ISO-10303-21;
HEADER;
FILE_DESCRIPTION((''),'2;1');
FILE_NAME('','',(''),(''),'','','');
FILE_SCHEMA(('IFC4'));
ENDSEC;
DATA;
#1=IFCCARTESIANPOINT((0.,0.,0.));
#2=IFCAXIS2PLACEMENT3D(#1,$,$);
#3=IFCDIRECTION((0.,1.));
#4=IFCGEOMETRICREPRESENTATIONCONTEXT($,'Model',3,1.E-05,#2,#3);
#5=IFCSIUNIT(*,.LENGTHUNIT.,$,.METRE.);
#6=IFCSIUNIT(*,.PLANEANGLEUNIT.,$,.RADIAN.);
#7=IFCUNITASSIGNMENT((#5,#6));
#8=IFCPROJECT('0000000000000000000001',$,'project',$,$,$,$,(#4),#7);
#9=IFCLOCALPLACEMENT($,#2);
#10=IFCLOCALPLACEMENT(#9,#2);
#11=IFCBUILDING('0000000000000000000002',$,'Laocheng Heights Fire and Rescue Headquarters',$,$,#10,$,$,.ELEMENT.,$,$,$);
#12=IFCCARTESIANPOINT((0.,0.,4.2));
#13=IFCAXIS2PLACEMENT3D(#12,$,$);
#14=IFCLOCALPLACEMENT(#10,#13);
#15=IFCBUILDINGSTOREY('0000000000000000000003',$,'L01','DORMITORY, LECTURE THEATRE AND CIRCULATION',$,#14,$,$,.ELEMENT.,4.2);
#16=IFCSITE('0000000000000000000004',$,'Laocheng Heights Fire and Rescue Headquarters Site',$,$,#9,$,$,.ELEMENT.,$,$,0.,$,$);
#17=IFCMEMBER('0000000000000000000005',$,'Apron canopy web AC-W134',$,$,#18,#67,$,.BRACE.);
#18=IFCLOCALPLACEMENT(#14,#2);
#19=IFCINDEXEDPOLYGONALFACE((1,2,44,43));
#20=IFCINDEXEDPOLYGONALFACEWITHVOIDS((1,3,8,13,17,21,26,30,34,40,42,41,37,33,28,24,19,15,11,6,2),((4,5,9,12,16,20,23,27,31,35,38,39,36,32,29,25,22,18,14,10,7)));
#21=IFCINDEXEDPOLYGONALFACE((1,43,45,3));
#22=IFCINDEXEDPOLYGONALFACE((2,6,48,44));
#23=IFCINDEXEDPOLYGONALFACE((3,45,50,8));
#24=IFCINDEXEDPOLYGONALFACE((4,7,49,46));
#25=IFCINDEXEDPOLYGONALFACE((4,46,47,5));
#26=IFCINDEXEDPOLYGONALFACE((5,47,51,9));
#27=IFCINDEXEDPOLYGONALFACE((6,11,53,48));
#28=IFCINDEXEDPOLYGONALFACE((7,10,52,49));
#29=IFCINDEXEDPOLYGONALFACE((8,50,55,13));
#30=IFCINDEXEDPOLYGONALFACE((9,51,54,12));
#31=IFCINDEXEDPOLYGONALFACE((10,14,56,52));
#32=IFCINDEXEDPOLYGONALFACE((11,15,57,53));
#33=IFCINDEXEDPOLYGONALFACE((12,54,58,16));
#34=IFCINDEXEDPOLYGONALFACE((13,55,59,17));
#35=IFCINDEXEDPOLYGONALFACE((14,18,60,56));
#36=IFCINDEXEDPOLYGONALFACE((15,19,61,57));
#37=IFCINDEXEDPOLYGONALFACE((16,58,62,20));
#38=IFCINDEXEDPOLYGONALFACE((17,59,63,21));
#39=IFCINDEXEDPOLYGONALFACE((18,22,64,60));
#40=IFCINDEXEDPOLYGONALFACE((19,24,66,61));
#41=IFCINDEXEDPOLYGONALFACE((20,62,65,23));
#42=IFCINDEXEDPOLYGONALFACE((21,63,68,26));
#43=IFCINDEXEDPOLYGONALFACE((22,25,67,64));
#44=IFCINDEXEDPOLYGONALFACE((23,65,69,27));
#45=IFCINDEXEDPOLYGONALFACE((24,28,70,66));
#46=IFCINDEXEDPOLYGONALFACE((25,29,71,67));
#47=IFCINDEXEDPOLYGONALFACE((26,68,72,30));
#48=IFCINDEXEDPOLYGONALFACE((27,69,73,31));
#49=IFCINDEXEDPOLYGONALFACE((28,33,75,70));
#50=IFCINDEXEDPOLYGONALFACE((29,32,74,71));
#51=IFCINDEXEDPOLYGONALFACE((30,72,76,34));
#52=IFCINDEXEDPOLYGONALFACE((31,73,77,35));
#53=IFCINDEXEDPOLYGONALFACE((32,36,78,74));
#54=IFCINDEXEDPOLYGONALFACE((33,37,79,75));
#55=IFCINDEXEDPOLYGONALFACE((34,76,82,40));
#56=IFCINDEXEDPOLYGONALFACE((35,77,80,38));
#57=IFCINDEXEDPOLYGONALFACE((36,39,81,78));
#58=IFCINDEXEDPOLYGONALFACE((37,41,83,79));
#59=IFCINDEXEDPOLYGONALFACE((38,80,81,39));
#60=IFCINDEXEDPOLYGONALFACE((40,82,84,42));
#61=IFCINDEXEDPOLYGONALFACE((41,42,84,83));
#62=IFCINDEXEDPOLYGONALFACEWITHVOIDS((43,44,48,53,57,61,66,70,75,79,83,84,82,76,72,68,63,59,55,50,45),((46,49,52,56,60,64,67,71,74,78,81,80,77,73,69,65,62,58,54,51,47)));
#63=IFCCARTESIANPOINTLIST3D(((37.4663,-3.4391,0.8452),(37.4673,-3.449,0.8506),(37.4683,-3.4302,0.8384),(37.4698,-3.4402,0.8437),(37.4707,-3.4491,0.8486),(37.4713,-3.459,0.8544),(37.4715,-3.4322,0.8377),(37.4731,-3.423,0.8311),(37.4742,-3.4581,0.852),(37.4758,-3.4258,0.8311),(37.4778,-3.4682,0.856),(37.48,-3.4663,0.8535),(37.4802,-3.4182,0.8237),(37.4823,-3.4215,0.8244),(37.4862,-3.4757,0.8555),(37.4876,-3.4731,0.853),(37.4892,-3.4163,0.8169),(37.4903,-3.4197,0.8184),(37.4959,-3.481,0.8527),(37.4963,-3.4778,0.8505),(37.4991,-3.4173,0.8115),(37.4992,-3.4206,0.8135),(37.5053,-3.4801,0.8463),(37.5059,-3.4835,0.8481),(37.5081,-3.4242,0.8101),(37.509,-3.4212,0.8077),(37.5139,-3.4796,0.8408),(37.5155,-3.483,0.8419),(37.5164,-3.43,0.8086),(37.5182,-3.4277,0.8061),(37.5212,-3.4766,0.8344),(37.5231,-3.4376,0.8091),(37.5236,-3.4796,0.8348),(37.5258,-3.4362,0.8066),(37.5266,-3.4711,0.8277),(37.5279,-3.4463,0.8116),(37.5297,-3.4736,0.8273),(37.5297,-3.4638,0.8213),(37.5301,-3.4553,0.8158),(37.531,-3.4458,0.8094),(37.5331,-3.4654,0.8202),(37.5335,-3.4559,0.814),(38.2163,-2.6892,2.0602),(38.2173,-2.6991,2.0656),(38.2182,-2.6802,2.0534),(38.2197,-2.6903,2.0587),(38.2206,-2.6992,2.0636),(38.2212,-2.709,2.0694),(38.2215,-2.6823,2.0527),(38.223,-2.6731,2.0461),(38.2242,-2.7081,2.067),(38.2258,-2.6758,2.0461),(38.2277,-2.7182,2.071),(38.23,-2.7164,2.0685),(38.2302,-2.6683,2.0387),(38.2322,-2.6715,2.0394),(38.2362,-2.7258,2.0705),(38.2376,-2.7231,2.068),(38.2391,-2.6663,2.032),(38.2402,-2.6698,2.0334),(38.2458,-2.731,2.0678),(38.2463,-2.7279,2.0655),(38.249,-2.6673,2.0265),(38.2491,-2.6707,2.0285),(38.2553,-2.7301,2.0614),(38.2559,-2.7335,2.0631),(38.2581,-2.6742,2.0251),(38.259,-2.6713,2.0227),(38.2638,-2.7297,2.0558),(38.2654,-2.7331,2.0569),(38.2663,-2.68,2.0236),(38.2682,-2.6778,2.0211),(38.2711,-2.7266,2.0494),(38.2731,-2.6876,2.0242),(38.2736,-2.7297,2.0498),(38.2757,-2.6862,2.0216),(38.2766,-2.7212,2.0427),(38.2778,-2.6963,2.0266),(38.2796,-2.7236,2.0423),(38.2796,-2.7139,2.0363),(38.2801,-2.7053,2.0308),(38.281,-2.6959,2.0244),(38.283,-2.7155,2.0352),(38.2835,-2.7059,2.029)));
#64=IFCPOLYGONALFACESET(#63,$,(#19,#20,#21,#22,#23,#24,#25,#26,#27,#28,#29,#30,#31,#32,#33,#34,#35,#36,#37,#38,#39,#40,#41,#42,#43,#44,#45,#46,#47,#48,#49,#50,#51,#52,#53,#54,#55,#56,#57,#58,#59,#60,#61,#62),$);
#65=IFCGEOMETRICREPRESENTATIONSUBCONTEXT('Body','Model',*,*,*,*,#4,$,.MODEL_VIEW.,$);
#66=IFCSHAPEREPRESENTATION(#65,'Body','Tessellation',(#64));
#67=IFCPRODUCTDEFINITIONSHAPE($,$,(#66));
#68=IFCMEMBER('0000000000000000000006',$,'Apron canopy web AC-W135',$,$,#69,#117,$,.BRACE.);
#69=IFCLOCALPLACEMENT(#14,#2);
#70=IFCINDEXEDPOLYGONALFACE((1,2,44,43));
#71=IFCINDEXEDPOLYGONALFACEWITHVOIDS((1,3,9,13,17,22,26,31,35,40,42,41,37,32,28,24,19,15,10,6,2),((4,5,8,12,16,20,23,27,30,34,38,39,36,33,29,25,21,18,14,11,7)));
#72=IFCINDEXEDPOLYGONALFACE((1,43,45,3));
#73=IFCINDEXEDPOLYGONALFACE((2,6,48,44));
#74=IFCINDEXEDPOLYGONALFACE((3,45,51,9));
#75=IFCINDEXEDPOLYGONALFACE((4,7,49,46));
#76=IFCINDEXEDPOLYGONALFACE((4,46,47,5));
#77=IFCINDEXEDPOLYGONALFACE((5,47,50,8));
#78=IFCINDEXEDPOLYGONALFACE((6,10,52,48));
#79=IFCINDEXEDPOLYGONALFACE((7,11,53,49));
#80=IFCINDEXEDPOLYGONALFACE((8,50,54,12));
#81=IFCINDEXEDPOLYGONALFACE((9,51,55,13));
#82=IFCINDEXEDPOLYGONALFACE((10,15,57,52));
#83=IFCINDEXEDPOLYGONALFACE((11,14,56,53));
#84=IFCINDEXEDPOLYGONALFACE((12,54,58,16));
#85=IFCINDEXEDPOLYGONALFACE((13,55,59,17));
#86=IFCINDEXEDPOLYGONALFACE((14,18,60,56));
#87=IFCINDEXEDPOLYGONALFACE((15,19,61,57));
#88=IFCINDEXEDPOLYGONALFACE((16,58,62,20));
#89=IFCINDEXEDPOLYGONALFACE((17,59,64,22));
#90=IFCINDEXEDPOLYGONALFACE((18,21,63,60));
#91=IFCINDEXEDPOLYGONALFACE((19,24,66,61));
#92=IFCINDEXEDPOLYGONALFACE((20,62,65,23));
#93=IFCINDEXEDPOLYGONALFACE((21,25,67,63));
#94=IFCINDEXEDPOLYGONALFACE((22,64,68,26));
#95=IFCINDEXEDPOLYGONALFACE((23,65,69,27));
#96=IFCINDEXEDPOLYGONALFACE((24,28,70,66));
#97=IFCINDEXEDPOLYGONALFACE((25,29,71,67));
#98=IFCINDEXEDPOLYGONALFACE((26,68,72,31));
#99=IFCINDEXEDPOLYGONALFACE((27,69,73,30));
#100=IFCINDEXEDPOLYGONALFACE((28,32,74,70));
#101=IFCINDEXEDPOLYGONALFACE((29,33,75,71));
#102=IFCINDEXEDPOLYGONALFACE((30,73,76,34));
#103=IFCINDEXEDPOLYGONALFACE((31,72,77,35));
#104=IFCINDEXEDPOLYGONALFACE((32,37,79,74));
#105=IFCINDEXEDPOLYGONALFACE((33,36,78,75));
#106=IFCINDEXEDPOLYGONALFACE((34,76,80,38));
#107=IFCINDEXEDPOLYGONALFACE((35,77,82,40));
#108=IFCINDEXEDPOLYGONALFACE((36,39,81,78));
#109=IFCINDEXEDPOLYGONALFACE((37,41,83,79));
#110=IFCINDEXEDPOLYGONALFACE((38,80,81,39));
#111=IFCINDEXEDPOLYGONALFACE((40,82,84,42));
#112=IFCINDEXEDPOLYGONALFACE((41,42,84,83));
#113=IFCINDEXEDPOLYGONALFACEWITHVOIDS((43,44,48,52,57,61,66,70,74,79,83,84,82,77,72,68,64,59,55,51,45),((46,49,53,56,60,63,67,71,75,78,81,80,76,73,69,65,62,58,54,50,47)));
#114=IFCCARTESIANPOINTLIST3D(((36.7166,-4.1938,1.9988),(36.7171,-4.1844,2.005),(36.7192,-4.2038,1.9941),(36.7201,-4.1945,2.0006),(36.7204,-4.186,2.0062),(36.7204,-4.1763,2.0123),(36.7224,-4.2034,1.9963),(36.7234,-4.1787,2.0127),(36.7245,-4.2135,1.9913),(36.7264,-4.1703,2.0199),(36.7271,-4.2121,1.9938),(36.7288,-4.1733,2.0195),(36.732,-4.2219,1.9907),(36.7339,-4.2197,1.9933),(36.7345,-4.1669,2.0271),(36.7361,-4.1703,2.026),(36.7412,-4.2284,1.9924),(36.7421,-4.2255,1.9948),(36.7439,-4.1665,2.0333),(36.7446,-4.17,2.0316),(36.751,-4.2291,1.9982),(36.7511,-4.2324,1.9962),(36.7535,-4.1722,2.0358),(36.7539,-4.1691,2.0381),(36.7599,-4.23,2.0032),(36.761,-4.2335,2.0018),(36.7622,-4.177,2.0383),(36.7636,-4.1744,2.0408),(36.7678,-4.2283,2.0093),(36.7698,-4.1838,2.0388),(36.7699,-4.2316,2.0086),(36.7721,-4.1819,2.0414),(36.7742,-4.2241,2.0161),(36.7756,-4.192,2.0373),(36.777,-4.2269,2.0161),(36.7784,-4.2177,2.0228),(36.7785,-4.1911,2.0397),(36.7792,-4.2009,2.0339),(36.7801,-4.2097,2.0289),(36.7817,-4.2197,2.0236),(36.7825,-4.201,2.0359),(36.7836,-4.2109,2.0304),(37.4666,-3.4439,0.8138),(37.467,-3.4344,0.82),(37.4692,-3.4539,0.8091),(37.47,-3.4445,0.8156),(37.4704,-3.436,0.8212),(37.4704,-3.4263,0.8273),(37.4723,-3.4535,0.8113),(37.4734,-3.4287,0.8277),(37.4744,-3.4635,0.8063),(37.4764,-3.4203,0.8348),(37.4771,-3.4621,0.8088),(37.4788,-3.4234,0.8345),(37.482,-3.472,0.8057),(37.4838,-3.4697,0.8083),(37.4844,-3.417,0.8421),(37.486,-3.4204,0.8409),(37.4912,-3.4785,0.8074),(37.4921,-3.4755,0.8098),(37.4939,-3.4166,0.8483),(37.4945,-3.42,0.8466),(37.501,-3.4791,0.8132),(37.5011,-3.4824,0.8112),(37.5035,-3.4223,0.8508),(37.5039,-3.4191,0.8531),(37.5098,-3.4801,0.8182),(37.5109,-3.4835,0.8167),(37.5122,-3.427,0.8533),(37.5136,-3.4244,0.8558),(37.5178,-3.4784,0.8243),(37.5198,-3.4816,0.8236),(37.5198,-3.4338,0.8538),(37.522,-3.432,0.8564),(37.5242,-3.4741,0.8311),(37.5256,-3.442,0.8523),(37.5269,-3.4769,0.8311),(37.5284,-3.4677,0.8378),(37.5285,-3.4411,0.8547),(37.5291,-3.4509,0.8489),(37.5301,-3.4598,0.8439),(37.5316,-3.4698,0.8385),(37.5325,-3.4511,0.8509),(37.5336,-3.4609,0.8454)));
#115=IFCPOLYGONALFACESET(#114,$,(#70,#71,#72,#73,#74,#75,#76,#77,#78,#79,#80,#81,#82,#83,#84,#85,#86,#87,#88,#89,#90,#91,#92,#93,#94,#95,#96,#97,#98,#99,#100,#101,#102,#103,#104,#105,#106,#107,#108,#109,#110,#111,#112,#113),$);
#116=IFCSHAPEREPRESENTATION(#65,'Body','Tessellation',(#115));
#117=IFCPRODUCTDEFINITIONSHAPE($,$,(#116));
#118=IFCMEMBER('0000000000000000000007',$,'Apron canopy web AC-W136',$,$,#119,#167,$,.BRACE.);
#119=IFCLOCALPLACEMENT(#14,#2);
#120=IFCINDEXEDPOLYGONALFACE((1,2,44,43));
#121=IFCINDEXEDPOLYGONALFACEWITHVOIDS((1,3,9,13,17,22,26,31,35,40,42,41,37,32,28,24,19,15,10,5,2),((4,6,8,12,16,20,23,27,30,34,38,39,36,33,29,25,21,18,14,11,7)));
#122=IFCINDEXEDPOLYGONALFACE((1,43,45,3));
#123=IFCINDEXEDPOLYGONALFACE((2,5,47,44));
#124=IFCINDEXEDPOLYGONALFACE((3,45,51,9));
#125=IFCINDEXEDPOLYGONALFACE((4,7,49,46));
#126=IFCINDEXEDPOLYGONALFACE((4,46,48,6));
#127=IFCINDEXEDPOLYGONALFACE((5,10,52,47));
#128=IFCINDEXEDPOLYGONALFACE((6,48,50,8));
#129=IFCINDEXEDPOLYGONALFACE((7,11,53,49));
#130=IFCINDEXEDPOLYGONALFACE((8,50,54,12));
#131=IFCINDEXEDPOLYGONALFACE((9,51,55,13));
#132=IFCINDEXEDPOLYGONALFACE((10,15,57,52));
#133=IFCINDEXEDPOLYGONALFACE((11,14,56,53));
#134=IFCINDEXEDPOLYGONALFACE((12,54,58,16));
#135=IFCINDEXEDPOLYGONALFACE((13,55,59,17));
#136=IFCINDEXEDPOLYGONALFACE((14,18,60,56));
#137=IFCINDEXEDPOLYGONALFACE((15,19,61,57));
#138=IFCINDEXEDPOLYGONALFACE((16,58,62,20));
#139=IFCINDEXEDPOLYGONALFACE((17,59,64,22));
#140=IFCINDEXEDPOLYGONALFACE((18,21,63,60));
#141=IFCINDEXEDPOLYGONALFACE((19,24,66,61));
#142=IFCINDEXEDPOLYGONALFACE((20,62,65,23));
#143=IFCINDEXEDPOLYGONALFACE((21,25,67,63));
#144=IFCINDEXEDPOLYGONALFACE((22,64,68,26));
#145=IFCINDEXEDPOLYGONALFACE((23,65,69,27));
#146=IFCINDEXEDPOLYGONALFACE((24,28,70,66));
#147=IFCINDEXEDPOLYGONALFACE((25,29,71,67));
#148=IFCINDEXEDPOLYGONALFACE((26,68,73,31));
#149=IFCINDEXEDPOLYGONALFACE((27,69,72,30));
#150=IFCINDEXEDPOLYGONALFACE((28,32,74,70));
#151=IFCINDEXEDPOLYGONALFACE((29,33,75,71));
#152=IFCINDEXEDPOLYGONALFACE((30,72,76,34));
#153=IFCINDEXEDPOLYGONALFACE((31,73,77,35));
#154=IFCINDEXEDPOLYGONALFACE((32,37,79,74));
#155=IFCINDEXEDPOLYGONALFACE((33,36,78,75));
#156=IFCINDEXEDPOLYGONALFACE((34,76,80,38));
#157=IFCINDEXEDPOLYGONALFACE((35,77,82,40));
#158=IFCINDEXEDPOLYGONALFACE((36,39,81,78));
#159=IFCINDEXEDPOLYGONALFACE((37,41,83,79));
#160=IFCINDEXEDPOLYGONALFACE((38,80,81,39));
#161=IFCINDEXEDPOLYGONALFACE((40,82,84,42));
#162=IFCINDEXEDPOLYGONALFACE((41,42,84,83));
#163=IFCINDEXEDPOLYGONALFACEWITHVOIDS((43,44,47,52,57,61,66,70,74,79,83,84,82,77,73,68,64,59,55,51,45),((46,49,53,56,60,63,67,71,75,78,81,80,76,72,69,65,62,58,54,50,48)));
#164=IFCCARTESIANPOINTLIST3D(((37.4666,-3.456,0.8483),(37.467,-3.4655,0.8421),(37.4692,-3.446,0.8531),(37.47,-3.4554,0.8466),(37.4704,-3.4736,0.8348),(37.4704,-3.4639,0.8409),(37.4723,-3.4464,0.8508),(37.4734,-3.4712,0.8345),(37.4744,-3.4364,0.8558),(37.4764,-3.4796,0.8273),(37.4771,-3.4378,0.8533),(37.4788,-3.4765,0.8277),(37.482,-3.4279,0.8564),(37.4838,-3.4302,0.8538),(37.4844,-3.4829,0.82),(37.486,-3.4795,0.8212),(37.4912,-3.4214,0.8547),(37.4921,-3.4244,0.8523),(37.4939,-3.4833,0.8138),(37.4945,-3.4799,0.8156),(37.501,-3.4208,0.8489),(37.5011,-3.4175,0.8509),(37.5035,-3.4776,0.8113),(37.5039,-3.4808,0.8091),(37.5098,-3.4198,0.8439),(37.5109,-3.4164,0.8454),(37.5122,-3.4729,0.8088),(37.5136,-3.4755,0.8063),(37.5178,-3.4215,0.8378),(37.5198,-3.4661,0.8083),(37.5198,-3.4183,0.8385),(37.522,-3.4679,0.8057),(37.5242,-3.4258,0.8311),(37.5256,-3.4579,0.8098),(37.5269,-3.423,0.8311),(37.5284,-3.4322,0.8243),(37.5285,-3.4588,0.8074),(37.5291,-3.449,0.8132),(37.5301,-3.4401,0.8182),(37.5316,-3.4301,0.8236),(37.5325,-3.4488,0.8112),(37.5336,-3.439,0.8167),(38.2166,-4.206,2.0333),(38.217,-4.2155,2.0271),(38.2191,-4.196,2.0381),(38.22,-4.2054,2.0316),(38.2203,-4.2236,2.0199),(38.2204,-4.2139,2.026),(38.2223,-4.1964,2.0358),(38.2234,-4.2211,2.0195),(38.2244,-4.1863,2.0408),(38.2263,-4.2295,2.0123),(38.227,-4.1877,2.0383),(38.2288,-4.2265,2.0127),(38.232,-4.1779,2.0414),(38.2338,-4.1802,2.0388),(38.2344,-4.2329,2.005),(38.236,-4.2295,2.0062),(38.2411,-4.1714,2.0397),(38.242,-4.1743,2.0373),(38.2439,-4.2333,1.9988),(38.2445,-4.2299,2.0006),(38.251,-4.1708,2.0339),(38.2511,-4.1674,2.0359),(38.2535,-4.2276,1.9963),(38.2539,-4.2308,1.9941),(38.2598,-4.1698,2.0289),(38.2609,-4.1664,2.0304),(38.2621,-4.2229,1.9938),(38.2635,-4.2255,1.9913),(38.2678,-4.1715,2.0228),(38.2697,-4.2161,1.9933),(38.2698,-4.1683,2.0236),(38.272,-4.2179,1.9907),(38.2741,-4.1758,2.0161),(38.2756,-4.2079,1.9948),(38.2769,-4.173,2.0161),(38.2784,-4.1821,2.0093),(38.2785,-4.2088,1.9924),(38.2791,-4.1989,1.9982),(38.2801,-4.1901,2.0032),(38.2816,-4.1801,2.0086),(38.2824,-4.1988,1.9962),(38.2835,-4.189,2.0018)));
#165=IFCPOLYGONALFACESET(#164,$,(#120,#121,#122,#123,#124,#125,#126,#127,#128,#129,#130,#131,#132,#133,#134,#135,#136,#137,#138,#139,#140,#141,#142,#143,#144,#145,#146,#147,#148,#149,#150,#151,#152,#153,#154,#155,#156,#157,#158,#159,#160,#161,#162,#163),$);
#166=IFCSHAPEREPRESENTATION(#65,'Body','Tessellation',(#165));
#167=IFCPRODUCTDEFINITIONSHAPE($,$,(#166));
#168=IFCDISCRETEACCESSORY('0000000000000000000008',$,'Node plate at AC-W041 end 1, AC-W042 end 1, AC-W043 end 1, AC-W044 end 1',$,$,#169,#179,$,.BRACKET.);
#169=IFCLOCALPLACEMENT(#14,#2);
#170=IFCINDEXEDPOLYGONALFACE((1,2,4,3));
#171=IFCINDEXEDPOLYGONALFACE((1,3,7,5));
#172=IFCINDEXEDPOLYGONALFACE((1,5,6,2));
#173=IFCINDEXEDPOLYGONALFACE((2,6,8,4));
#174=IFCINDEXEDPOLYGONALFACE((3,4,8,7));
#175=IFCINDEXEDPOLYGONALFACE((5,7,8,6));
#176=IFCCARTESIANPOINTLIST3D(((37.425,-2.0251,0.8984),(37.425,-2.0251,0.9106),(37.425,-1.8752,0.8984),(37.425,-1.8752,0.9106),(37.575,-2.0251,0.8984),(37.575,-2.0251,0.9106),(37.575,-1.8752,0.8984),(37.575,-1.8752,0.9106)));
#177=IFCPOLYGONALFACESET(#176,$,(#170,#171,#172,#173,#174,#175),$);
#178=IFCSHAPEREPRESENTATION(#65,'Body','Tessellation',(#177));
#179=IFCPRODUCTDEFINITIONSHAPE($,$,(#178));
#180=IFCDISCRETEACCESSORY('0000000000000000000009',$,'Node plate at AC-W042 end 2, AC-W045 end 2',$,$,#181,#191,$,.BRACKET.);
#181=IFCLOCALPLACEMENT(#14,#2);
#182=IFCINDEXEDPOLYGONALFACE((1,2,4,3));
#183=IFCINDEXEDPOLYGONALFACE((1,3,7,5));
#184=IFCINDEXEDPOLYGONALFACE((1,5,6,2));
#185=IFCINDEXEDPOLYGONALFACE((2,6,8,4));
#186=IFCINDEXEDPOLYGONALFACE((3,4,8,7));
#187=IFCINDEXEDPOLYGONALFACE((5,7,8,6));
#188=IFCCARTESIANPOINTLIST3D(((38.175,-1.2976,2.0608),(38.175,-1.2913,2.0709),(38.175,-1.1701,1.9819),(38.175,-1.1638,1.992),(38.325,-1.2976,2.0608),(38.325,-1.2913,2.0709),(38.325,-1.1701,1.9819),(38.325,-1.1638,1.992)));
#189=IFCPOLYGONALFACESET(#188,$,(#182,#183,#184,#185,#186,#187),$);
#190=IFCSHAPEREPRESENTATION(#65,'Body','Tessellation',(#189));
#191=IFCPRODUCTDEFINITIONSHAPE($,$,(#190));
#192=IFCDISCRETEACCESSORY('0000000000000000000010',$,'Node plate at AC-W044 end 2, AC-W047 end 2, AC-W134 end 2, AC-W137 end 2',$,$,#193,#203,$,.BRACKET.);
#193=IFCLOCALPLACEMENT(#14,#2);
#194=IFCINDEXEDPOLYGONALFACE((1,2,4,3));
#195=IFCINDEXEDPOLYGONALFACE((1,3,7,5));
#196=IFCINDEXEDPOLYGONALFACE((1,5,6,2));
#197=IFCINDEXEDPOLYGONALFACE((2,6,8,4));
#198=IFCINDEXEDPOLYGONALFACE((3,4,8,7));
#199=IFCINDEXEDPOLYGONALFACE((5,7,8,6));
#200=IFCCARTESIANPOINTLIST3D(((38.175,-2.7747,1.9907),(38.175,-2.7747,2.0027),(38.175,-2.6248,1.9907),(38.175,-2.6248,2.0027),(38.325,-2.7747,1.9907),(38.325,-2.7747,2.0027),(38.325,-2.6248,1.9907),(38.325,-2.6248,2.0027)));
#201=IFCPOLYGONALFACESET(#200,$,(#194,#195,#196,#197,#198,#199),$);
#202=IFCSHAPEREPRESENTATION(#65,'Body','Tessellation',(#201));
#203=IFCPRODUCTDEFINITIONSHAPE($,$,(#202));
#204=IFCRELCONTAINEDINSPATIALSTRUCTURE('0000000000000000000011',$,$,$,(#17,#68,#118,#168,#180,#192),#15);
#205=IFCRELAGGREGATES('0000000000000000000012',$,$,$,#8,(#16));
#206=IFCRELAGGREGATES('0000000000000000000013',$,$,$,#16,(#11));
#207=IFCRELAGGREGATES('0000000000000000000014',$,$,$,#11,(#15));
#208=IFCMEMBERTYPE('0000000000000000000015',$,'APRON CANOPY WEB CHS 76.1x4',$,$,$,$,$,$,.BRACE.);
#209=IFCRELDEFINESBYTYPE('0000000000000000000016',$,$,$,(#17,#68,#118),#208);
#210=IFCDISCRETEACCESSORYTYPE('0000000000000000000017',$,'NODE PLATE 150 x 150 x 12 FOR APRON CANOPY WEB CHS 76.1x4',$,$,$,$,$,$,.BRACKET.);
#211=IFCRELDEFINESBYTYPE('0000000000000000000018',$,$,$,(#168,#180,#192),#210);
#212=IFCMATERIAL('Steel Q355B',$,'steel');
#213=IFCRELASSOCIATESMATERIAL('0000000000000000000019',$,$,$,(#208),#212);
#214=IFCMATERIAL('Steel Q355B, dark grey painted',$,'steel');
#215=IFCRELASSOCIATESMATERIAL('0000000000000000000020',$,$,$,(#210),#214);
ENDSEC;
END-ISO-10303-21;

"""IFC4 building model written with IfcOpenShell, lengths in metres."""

from ifc_helpers import new_model, si_unit, direction, frame, origin, origin_2d, place, context, subcontext, project, spatial, rectangle, hollow_circle, extrude, material, material_profile, profile_set, type_object, element, save


model = new_model("IFC4")

# Units and contexts
model_context = context("Model", 3, precision=1e-05, world=origin(), true_north=direction((0.0, 1.0)))
body_context = subcontext(model_context, "Body", "Model", "MODEL_VIEW")
ifc_project = project(units=[si_unit("LENGTHUNIT", "METRE"), si_unit("PLANEANGLEUNIT", "RADIAN")], contexts=[model_context])

# Site, building, storey
site_placement = place(None, origin())
site = spatial("IfcSite", under=ifc_project, at=site_placement, Name="Laocheng Heights Fire and Rescue Headquarters Site", CompositionType="ELEMENT", RefElevation=0.0)
building_placement = place(site_placement, origin())
building = spatial("IfcBuilding", under=site, at=building_placement, Name="Laocheng Heights Fire and Rescue Headquarters", CompositionType="ELEMENT")
storey_placement = place(building_placement, frame((0.0, 0.0, 4.2)))
storey = spatial("IfcBuildingStorey", under=building, at=storey_placement, Name="L01", Description="DORMITORY, LECTURE THEATRE AND CIRCULATION", CompositionType="ELEMENT", Elevation=4.2)

# Members
ifc_material_1 = material(Name="Steel Q355B", Category="steel")
ifc_material_profile_1 = material_profile(ifc_material_1, hollow_circle(Radius=0.0381, WallThickness=0.0039, at=origin_2d()), Name="CHS 76.1x4")
ifc_profile_set_1 = profile_set([ifc_material_profile_1], Name="Steel Q355B")
member_type_1 = type_object("IfcMemberType", Name="APRON CANOPY WEB CHS 76.1x4", PredefinedType="BRACE", material=ifc_profile_set_1)
for number, where, z_axis, x_axis, name in (
    (1, (37.5, -3.45, 0.8311), (0.465002, 0.465002, 0.753357), (-0.707107, 0.707107, 0.0), "Apron canopy web AC-W134"),
):
    element("IfcMember", number, at=place(storey_placement, frame(where, z_axis=z_axis, x_axis=x_axis)), inside=storey, type_object=member_type_1, Name=name, PredefinedType="BRACE", context=body_context, shape_type="SweptSolid", body=[
        extrude(hollow_circle(Radius=0.0381, WallThickness=0.0039, at=origin_2d()), origin(), (0.0, 0.0, 1.0), 1.6128),
    ])
for number, where, z_axis, x_axis, name in (
    (2, (37.5, -3.45, 0.8311), (-0.47158, -0.47158, 0.745134), (0.707107, -0.707107, 0.0), "Apron canopy web AC-W135"),
    (3, (37.5, -3.45, 0.8311), (0.47158, -0.47158, 0.745134), (0.707107, 0.707107, 0.0), "Apron canopy web AC-W136"),
):
    element("IfcMember", number, at=place(storey_placement, frame(where, z_axis=z_axis, x_axis=x_axis)), inside=storey, type_object=member_type_1, Name=name, PredefinedType="BRACE", context=body_context, shape_type="SweptSolid", body=[
        extrude(hollow_circle(Radius=0.0381, WallThickness=0.0039, at=origin_2d()), origin(), (0.0, 0.0, 1.0), 1.5903),
    ])

# Discrete accessories
ifc_material_2 = material(Name="Steel Q355B, dark grey painted", Category="steel")
ifc_material_profile_2 = material_profile(ifc_material_2, rectangle(XDim=0.1499, YDim=0.1499, at=origin_2d()), Name="NODE PLATE 150 x 150 x 12 FOR APRON CANOPY WEB CHS 76.1x4")
ifc_profile_set_2 = profile_set([ifc_material_profile_2], Name="Steel Q355B, dark grey painted")
discrete_accessory_type = type_object("IfcDiscreteAccessoryType", Name="NODE PLATE 150 x 150 x 12 FOR APRON CANOPY WEB CHS 76.1x4", PredefinedType="BRACKET", material=ifc_profile_set_2)
discrete_accessory_placement = place(storey_placement, frame((37.5, -1.9502, 0.8984), z_axis=(0.0, 0.0, 1.0), x_axis=(1.0, 0.0, 0.0)))
element("IfcDiscreteAccessory", 4, at=discrete_accessory_placement, inside=storey, type_object=discrete_accessory_type, Name="Node plate at AC-W041 end 1, AC-W042 end 1, AC-W043 end 1, AC-W044 end 1", PredefinedType="BRACKET", context=body_context, shape_type="SweptSolid", body=[
    extrude(rectangle(XDim=0.1499, YDim=0.1499, at=origin_2d()), origin(), (0.0, 0.0, 1.0), 0.0122),
])
for number, where, z_axis, x_axis, name in (
    (5, (38.25, -1.2275, 2.0315), (0.0, -0.526355, -0.850265), (1.0, 0.0, 0.0), "Node plate at AC-W042 end 2, AC-W045 end 2"),
    (6, (38.25, -2.6997, 2.0027), (0.0, 0.0, -1.0), (1.0, 0.0, 0.0), "Node plate at AC-W044 end 2, AC-W047 end 2, AC-W134 end 2, AC-W137 end 2"),
):
    element("IfcDiscreteAccessory", number, at=place(storey_placement, frame(where, z_axis=z_axis, x_axis=x_axis)), inside=storey, type_object=discrete_accessory_type, Name=name, PredefinedType="BRACKET", context=body_context, shape_type="SweptSolid", body=[
        extrude(rectangle(XDim=0.1499, YDim=0.1499, at=origin_2d()), origin(), (0.0, 0.0, 1.0), 0.012),
    ])

save(model, "model.ifc")
